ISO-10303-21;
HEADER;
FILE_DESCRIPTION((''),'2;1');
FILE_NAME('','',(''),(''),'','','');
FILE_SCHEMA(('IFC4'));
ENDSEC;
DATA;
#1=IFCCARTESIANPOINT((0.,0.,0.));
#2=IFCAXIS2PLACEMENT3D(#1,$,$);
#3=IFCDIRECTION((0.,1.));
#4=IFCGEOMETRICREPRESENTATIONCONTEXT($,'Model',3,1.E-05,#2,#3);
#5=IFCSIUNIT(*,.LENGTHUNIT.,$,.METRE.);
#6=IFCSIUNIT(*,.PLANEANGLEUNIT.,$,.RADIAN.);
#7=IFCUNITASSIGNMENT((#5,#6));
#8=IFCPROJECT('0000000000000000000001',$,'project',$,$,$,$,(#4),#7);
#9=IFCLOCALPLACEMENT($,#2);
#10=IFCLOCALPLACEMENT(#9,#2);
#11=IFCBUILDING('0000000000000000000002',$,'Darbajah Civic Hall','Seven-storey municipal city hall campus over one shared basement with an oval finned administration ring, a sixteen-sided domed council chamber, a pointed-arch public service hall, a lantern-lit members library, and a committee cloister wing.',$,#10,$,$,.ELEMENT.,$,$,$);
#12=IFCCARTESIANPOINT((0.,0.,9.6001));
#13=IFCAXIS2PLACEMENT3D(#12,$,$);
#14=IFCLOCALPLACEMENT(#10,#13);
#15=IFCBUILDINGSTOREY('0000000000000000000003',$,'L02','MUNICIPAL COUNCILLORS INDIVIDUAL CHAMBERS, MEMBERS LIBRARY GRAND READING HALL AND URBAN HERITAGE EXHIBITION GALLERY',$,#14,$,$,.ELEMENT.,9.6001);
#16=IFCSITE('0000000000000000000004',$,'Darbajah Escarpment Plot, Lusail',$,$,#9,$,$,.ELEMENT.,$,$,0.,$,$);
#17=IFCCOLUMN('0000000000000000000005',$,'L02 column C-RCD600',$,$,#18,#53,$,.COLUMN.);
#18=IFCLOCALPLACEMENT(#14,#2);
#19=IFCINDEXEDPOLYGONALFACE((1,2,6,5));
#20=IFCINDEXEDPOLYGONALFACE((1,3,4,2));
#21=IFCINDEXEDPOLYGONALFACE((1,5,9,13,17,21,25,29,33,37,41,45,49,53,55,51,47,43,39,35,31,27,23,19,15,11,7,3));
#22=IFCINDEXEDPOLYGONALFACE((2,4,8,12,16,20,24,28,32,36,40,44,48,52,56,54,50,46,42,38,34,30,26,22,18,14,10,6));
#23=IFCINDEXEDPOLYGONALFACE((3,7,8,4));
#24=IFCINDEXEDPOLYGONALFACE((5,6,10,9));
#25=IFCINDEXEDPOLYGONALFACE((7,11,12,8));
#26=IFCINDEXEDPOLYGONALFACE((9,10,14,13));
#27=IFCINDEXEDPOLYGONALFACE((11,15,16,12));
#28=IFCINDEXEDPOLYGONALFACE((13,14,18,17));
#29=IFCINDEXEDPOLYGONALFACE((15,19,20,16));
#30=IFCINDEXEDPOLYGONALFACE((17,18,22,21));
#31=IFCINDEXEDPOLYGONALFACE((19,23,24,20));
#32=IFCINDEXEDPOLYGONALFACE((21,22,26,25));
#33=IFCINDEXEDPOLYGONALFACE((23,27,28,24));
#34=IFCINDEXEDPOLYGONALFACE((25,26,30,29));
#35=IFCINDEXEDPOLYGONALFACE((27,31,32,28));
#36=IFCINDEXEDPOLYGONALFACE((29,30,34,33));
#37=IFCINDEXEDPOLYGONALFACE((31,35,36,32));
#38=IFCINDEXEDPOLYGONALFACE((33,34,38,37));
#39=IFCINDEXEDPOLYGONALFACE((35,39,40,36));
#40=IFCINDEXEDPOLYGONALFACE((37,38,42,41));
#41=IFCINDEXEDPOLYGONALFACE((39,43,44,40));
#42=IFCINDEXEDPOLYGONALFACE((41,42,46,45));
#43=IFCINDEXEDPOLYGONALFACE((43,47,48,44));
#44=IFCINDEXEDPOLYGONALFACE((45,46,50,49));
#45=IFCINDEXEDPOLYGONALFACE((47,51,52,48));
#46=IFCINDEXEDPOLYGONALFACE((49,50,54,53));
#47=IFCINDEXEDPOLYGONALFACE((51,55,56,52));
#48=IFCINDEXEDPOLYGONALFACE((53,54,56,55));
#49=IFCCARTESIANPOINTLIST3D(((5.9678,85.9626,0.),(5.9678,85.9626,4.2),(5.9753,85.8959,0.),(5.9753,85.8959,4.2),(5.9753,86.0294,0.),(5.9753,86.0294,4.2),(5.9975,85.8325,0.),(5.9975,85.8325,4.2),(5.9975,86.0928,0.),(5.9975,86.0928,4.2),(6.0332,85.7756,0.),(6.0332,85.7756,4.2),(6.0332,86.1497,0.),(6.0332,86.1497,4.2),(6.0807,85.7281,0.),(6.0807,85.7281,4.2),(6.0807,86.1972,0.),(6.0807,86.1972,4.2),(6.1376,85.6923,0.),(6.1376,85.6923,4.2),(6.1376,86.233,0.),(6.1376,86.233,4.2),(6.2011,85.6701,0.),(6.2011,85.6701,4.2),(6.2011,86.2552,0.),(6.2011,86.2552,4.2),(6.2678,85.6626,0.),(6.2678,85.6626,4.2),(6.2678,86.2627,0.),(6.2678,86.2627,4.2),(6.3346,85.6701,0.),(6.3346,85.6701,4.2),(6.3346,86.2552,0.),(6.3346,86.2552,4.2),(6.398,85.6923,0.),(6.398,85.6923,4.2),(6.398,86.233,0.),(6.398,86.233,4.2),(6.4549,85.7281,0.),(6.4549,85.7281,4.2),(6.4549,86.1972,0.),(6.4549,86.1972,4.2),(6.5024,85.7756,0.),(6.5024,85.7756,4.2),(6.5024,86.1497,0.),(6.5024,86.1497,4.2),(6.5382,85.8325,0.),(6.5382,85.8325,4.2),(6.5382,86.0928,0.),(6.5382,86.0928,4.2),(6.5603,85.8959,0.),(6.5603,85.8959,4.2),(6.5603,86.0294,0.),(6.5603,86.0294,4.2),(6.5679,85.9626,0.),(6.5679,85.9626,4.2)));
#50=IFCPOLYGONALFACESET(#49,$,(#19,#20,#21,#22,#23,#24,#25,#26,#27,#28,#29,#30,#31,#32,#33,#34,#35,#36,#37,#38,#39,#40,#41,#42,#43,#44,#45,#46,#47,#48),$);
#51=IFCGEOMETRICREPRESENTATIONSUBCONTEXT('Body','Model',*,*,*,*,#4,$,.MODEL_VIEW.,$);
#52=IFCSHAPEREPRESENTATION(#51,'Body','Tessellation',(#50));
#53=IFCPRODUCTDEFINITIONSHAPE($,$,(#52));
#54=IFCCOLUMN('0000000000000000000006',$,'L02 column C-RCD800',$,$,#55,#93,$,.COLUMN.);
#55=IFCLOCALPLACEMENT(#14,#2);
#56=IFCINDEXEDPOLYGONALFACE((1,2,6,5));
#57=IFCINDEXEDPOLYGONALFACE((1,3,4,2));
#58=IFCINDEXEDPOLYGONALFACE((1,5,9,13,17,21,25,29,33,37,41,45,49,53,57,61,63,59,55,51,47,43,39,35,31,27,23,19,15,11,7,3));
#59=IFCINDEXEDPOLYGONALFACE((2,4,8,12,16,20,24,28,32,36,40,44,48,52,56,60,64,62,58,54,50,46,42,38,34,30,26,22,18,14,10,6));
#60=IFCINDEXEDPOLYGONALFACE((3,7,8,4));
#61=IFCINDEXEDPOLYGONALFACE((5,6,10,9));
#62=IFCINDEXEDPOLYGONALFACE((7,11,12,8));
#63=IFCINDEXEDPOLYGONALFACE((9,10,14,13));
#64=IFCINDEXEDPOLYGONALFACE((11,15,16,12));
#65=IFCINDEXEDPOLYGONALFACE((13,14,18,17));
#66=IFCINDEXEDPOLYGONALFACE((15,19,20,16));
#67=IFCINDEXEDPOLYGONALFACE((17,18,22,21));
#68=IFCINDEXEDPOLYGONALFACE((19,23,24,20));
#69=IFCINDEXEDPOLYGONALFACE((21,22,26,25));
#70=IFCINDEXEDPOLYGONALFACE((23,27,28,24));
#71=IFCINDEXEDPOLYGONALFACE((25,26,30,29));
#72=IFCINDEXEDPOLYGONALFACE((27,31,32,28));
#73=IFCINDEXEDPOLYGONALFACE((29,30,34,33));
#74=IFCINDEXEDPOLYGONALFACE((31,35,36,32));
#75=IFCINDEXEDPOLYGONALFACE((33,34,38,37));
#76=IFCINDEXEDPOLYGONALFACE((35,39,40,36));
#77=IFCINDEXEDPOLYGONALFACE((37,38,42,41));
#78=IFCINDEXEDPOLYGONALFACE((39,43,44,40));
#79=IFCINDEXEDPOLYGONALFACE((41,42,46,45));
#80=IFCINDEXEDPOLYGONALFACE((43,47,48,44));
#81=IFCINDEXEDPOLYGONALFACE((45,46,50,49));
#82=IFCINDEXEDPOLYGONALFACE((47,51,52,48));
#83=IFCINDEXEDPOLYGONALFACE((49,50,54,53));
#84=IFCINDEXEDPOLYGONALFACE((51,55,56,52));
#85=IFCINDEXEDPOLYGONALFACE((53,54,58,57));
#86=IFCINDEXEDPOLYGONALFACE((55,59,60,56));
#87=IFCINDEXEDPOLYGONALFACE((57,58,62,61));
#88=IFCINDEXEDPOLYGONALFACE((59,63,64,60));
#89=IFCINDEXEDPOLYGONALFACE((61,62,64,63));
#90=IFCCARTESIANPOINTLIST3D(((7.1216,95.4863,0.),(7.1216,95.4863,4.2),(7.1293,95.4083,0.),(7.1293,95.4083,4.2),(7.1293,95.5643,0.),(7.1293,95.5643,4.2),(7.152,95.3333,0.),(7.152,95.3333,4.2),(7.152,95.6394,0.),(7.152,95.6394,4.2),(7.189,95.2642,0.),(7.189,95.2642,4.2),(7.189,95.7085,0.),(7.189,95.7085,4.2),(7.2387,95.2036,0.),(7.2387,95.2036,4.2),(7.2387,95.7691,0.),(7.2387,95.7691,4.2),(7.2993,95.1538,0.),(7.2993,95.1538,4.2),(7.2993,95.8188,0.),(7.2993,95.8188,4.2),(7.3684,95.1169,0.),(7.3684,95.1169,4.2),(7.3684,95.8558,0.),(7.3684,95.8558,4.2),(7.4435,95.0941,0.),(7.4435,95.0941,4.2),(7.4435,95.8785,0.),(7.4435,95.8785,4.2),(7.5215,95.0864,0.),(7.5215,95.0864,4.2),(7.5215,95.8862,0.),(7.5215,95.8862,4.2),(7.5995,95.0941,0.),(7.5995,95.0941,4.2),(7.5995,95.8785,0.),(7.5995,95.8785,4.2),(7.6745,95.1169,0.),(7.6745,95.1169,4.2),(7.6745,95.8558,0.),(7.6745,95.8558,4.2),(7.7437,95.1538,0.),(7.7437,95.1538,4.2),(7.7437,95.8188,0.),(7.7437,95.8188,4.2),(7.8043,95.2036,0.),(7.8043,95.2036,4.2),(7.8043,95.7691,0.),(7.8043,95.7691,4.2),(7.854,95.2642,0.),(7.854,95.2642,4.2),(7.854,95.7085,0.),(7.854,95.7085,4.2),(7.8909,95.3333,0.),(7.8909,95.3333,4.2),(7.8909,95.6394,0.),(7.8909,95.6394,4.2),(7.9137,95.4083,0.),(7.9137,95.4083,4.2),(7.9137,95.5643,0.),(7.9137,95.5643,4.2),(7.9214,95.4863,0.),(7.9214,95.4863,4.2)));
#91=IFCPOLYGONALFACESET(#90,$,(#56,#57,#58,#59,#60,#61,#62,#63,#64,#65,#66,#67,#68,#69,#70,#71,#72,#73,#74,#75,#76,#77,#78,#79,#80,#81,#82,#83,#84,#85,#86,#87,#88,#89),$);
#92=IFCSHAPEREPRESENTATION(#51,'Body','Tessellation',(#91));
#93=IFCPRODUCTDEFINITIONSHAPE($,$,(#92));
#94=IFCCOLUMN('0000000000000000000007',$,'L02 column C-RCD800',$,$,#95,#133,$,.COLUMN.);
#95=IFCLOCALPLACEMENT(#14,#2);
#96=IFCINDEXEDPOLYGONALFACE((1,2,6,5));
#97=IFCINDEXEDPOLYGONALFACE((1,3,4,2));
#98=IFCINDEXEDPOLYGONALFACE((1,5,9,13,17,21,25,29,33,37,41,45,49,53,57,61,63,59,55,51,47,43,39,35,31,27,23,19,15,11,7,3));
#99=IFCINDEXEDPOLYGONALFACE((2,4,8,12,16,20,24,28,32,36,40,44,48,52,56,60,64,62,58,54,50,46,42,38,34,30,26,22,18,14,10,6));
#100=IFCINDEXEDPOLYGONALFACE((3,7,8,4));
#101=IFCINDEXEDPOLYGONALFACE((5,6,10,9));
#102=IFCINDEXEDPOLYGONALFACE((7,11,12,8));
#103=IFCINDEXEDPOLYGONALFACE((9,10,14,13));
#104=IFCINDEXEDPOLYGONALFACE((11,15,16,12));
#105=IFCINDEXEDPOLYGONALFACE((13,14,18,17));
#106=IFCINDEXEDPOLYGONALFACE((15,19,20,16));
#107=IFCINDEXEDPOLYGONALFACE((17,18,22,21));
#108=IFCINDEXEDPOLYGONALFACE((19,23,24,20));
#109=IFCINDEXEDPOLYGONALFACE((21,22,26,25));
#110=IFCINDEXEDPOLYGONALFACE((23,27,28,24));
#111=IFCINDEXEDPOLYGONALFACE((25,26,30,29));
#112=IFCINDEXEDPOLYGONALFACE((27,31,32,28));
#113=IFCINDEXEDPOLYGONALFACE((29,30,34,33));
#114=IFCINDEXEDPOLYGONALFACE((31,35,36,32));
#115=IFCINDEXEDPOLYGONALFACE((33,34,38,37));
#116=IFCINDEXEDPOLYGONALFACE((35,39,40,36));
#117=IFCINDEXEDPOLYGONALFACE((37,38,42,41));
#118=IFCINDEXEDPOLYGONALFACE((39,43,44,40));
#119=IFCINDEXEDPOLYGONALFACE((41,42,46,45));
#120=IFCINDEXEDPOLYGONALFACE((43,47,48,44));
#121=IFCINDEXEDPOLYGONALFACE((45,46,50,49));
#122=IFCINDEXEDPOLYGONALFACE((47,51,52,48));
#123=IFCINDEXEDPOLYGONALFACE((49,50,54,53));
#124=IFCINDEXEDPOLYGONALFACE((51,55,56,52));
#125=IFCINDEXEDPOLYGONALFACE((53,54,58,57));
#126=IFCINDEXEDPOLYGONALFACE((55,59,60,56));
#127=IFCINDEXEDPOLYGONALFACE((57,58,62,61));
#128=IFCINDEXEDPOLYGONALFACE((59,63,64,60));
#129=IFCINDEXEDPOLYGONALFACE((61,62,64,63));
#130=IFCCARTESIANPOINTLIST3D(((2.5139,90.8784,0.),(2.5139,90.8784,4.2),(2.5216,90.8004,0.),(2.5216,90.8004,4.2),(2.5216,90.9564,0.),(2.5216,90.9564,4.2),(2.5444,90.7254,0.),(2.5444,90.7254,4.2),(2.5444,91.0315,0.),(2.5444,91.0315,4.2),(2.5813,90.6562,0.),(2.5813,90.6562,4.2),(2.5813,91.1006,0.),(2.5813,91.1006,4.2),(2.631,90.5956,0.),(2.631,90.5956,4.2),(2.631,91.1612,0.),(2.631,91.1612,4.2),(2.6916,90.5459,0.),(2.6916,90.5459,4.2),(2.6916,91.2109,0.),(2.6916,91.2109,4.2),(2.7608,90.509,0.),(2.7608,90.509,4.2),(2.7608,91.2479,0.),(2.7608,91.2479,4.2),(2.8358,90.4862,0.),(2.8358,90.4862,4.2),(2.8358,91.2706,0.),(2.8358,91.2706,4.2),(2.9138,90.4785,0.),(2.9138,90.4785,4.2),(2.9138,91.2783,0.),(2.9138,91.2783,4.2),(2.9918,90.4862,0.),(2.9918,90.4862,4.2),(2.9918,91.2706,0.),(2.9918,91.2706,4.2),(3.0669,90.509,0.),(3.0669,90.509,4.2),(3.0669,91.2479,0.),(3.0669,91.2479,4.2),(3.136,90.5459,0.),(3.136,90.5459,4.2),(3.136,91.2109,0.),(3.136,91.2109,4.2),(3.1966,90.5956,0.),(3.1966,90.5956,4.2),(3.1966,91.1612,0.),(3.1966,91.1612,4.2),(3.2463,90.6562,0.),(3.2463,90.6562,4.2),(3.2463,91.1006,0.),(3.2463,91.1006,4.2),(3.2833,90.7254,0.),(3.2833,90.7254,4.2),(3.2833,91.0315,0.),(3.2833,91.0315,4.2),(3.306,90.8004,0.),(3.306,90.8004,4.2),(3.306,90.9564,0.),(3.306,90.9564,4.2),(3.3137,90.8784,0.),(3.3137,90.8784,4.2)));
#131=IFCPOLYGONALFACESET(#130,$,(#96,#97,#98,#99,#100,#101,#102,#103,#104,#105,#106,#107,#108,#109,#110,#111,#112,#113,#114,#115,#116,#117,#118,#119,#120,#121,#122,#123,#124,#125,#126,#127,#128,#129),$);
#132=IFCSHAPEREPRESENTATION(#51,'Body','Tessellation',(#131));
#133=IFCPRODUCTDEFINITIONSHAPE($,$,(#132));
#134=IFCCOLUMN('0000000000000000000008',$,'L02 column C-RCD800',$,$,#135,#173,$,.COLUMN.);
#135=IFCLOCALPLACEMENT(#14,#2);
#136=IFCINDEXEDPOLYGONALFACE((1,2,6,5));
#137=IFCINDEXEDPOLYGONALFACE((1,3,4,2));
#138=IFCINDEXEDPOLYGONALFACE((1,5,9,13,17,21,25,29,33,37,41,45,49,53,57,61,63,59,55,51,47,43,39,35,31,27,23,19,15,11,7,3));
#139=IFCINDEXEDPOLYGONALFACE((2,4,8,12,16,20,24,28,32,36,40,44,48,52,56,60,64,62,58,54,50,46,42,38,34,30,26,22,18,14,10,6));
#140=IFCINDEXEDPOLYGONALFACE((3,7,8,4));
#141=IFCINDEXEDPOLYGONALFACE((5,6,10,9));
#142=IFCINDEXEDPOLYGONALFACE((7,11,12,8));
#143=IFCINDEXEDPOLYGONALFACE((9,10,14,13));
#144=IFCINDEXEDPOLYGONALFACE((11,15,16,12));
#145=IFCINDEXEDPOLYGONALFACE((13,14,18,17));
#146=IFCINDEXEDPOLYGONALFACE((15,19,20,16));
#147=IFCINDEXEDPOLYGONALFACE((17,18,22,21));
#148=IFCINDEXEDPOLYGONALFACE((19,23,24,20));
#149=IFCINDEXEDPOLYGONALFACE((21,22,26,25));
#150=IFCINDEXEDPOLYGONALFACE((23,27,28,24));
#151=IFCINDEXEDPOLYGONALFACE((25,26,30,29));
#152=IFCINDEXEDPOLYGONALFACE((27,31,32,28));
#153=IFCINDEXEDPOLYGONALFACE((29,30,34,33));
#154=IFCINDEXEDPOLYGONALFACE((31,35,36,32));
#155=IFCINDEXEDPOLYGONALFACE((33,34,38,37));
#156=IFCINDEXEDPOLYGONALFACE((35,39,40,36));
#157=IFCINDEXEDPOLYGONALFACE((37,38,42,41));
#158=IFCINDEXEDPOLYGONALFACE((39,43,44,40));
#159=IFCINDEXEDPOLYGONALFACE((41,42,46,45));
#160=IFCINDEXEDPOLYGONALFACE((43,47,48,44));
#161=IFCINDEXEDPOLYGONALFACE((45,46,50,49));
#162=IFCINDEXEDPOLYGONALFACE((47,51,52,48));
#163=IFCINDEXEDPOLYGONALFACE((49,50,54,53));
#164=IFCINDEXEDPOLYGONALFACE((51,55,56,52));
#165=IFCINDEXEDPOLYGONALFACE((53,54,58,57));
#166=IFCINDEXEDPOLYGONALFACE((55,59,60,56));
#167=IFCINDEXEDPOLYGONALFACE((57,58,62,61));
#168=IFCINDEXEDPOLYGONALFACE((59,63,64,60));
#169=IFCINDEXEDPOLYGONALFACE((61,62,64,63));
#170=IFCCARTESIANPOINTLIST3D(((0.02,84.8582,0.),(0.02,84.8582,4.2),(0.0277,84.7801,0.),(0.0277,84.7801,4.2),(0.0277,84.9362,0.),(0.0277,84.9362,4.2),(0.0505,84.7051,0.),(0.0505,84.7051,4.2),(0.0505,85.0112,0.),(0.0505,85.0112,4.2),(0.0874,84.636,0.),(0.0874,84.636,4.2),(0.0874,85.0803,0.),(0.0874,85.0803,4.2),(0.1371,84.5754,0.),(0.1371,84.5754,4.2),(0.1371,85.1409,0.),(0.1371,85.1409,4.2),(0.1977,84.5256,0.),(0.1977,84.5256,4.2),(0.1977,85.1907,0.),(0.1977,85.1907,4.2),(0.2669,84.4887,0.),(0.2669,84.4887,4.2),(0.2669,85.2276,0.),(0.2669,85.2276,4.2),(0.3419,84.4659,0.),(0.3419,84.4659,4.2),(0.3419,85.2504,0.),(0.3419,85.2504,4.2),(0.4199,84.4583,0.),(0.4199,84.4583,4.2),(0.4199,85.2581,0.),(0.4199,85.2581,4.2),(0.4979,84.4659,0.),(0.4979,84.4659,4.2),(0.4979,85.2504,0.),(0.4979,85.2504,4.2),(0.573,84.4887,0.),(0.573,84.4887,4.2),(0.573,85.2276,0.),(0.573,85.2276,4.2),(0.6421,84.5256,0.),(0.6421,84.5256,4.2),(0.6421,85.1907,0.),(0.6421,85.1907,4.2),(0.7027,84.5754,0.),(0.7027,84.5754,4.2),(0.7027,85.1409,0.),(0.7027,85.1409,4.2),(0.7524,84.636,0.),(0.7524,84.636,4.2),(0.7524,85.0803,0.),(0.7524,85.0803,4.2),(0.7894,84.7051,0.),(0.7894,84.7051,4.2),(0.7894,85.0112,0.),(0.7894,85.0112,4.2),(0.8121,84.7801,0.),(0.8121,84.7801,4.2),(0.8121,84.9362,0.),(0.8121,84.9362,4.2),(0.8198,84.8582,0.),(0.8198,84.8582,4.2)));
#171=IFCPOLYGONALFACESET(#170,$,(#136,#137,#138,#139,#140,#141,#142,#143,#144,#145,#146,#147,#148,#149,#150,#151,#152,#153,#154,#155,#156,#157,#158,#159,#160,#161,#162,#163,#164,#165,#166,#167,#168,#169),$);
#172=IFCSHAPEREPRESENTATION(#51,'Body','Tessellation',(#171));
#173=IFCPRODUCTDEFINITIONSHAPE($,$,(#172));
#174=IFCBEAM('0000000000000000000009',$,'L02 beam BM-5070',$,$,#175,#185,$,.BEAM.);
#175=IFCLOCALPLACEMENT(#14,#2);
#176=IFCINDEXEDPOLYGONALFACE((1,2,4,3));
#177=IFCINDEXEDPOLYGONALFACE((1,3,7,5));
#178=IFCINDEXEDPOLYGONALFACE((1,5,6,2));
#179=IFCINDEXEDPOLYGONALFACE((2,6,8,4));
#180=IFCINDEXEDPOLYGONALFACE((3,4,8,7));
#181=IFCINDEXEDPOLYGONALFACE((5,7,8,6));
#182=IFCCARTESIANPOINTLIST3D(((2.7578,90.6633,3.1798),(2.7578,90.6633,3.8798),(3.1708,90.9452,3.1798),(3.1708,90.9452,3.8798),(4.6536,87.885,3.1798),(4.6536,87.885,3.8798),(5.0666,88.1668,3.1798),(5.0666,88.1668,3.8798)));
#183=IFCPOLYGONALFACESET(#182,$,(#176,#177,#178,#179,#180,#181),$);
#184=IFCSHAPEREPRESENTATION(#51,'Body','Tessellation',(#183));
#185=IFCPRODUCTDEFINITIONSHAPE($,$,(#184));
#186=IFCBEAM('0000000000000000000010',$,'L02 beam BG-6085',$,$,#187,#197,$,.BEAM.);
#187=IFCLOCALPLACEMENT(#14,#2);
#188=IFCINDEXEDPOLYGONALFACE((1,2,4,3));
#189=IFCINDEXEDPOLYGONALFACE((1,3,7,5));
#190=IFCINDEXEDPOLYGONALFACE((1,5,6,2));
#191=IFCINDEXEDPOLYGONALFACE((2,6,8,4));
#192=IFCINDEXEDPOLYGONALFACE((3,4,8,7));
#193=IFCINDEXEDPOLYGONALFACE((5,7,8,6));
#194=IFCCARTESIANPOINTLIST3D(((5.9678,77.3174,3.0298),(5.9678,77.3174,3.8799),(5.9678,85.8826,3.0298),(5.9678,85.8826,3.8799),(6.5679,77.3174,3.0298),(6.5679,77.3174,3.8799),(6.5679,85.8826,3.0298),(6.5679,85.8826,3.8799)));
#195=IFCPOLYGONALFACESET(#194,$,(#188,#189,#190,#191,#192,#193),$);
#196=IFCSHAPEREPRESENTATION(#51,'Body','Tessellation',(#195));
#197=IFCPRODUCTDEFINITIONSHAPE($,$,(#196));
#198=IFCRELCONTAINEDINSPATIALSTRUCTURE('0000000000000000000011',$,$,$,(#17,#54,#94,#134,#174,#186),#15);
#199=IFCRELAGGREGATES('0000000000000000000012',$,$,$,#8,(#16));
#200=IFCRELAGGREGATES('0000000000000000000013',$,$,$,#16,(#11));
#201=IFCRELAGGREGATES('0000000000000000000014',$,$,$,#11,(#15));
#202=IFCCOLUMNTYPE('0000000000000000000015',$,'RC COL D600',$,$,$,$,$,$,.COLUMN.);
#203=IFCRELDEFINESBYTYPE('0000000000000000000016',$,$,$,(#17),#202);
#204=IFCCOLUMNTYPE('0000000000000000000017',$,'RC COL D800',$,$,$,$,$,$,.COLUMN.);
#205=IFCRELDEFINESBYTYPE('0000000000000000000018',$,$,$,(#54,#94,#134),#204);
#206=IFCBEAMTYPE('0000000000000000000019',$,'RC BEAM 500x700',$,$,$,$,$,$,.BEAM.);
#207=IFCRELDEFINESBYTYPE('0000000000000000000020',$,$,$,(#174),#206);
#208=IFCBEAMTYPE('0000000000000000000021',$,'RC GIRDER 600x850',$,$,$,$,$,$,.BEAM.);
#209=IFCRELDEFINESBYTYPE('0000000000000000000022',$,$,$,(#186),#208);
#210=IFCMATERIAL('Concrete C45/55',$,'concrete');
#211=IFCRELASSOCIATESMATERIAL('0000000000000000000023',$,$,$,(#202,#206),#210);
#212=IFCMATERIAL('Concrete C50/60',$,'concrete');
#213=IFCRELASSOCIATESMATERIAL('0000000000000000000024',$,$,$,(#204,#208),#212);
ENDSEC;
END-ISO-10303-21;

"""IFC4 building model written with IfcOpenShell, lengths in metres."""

from ifc_helpers import new_model, si_unit, direction, frame, origin, origin_2d, place, context, subcontext, project, spatial, rectangle, circle, extrude, material, material_profile, profile_set, type_object, element, save


model = new_model("IFC4")

# Units and contexts
model_context = context("Model", 3, precision=1e-05, world=origin(), true_north=direction((0.0, 1.0)))
body_context = subcontext(model_context, "Body", "Model", "MODEL_VIEW")
ifc_project = project(units=[si_unit("LENGTHUNIT", "METRE"), si_unit("PLANEANGLEUNIT", "RADIAN")], contexts=[model_context])

# Site, building, storey
site_placement = place(None, origin())
site = spatial("IfcSite", under=ifc_project, at=site_placement, Name="Darbajah Escarpment Plot, Lusail", CompositionType="ELEMENT", RefElevation=0.0)
building_placement = place(site_placement, origin())
building = spatial("IfcBuilding", under=site, at=building_placement, Name="Darbajah Civic Hall", Description="Seven-storey municipal city hall campus over one shared basement with an oval finned administration ring, a sixteen-sided domed council chamber, a pointed-arch public service hall, a lantern-lit members library, and a committee cloister wing.", CompositionType="ELEMENT")
storey_placement = place(building_placement, frame((0.0, 0.0, 9.6001)))
storey = spatial("IfcBuildingStorey", under=building, at=storey_placement, Name="L02", Description="MUNICIPAL COUNCILLORS INDIVIDUAL CHAMBERS, MEMBERS LIBRARY GRAND READING HALL AND URBAN HERITAGE EXHIBITION GALLERY", CompositionType="ELEMENT", Elevation=9.6001)

# Columns
ifc_material_1 = material(Name="Concrete C45/55", Category="concrete")
ifc_material_profile_1 = material_profile(ifc_material_1, circle(Radius=0.3, at=origin_2d()), Name="RC COL D600")
ifc_profile_set_1 = profile_set([ifc_material_profile_1], Name="Concrete C45/55")
column_type_1 = type_object("IfcColumnType", Name="RC COL D600", PredefinedType="COLUMN", material=ifc_profile_set_1)
column_placement = place(storey_placement, frame((6.2678, 85.9626, 0.0), z_axis=(0.0, 0.0, 1.0), x_axis=(1.0, 0.0, 0.0)))
element("IfcColumn", 1, at=column_placement, inside=storey, type_object=column_type_1, Name="L02 column C-RCD600", PredefinedType="COLUMN", context=body_context, shape_type="SweptSolid", body=[
    extrude(circle(Radius=0.3, at=origin_2d()), origin(), (0.0, 0.0, 1.0), 4.2),
])
ifc_material_2 = material(Name="Concrete C50/60", Category="concrete")
ifc_material_profile_2 = material_profile(ifc_material_2, circle(Radius=0.3999, at=origin_2d()), Name="RC COL D800")
ifc_profile_set_2 = profile_set([ifc_material_profile_2], Name="Concrete C50/60")
column_type_2 = type_object("IfcColumnType", Name="RC COL D800", PredefinedType="COLUMN", material=ifc_profile_set_2)
for number, where, z_axis, x_axis, name in (
    (2, (7.5215, 95.4863, 0.0), (0.0, 0.0, 1.0), (1.0, 0.0, 0.0), "L02 column C-RCD800"),
    (3, (2.9138, 90.8784, 0.0), (0.0, 0.0, 1.0), (1.0, 0.0, 0.0), "L02 column C-RCD800"),
    (4, (0.4199, 84.8582, 0.0), (0.0, 0.0, 1.0), (1.0, 0.0, 0.0), "L02 column C-RCD800"),
):
    element("IfcColumn", number, at=place(storey_placement, frame(where, z_axis=z_axis, x_axis=x_axis)), inside=storey, type_object=column_type_2, Name=name, PredefinedType="COLUMN", context=body_context, shape_type="SweptSolid", body=[
        extrude(circle(Radius=0.3999, at=origin_2d()), origin(), (0.0, 0.0, 1.0), 4.2),
    ])

# Beams
ifc_material_profile_3 = material_profile(ifc_material_1, rectangle(XDim=0.5, YDim=0.7, at=origin_2d()), Name="RC BEAM 500x700")
ifc_profile_set_3 = profile_set([ifc_material_profile_3], Name="Concrete C45/55")
beam_type_1 = type_object("IfcBeamType", Name="RC BEAM 500x700", PredefinedType="BEAM", material=ifc_profile_set_3)
beam_1_placement = place(storey_placement, frame((4.8601, 88.0259, 3.5298), z_axis=(-0.56363, 0.826028, 0.0), x_axis=(-0.826028, -0.56363, 0.0)))
element("IfcBeam", 5, at=beam_1_placement, inside=storey, type_object=beam_type_1, Name="L02 beam BM-5070", PredefinedType="BEAM", context=body_context, shape_type="SweptSolid", body=[
    extrude(rectangle(XDim=0.5, YDim=0.7, at=origin_2d()), origin(), (0.0, 0.0, 1.0), 3.3635),
])
ifc_material_profile_4 = material_profile(ifc_material_2, rectangle(XDim=0.6001, YDim=0.8501, at=origin_2d()), Name="RC GIRDER 600x850")
ifc_profile_set_4 = profile_set([ifc_material_profile_4], Name="Concrete C50/60")
beam_type_2 = type_object("IfcBeamType", Name="RC GIRDER 600x850", PredefinedType="BEAM", material=ifc_profile_set_4)
beam_2_placement = place(storey_placement, frame((6.2678, 85.8826, 3.4548), z_axis=(0.0, -1.0, 0.0), x_axis=(1.0, 0.0, 0.0)))
element("IfcBeam", 6, at=beam_2_placement, inside=storey, type_object=beam_type_2, Name="L02 beam BG-6085", PredefinedType="BEAM", context=body_context, shape_type="SweptSolid", body=[
    extrude(rectangle(XDim=0.6001, YDim=0.8501, at=origin_2d()), origin(), (0.0, 0.0, 1.0), 8.5652),
])

save(model, "model.ifc")
